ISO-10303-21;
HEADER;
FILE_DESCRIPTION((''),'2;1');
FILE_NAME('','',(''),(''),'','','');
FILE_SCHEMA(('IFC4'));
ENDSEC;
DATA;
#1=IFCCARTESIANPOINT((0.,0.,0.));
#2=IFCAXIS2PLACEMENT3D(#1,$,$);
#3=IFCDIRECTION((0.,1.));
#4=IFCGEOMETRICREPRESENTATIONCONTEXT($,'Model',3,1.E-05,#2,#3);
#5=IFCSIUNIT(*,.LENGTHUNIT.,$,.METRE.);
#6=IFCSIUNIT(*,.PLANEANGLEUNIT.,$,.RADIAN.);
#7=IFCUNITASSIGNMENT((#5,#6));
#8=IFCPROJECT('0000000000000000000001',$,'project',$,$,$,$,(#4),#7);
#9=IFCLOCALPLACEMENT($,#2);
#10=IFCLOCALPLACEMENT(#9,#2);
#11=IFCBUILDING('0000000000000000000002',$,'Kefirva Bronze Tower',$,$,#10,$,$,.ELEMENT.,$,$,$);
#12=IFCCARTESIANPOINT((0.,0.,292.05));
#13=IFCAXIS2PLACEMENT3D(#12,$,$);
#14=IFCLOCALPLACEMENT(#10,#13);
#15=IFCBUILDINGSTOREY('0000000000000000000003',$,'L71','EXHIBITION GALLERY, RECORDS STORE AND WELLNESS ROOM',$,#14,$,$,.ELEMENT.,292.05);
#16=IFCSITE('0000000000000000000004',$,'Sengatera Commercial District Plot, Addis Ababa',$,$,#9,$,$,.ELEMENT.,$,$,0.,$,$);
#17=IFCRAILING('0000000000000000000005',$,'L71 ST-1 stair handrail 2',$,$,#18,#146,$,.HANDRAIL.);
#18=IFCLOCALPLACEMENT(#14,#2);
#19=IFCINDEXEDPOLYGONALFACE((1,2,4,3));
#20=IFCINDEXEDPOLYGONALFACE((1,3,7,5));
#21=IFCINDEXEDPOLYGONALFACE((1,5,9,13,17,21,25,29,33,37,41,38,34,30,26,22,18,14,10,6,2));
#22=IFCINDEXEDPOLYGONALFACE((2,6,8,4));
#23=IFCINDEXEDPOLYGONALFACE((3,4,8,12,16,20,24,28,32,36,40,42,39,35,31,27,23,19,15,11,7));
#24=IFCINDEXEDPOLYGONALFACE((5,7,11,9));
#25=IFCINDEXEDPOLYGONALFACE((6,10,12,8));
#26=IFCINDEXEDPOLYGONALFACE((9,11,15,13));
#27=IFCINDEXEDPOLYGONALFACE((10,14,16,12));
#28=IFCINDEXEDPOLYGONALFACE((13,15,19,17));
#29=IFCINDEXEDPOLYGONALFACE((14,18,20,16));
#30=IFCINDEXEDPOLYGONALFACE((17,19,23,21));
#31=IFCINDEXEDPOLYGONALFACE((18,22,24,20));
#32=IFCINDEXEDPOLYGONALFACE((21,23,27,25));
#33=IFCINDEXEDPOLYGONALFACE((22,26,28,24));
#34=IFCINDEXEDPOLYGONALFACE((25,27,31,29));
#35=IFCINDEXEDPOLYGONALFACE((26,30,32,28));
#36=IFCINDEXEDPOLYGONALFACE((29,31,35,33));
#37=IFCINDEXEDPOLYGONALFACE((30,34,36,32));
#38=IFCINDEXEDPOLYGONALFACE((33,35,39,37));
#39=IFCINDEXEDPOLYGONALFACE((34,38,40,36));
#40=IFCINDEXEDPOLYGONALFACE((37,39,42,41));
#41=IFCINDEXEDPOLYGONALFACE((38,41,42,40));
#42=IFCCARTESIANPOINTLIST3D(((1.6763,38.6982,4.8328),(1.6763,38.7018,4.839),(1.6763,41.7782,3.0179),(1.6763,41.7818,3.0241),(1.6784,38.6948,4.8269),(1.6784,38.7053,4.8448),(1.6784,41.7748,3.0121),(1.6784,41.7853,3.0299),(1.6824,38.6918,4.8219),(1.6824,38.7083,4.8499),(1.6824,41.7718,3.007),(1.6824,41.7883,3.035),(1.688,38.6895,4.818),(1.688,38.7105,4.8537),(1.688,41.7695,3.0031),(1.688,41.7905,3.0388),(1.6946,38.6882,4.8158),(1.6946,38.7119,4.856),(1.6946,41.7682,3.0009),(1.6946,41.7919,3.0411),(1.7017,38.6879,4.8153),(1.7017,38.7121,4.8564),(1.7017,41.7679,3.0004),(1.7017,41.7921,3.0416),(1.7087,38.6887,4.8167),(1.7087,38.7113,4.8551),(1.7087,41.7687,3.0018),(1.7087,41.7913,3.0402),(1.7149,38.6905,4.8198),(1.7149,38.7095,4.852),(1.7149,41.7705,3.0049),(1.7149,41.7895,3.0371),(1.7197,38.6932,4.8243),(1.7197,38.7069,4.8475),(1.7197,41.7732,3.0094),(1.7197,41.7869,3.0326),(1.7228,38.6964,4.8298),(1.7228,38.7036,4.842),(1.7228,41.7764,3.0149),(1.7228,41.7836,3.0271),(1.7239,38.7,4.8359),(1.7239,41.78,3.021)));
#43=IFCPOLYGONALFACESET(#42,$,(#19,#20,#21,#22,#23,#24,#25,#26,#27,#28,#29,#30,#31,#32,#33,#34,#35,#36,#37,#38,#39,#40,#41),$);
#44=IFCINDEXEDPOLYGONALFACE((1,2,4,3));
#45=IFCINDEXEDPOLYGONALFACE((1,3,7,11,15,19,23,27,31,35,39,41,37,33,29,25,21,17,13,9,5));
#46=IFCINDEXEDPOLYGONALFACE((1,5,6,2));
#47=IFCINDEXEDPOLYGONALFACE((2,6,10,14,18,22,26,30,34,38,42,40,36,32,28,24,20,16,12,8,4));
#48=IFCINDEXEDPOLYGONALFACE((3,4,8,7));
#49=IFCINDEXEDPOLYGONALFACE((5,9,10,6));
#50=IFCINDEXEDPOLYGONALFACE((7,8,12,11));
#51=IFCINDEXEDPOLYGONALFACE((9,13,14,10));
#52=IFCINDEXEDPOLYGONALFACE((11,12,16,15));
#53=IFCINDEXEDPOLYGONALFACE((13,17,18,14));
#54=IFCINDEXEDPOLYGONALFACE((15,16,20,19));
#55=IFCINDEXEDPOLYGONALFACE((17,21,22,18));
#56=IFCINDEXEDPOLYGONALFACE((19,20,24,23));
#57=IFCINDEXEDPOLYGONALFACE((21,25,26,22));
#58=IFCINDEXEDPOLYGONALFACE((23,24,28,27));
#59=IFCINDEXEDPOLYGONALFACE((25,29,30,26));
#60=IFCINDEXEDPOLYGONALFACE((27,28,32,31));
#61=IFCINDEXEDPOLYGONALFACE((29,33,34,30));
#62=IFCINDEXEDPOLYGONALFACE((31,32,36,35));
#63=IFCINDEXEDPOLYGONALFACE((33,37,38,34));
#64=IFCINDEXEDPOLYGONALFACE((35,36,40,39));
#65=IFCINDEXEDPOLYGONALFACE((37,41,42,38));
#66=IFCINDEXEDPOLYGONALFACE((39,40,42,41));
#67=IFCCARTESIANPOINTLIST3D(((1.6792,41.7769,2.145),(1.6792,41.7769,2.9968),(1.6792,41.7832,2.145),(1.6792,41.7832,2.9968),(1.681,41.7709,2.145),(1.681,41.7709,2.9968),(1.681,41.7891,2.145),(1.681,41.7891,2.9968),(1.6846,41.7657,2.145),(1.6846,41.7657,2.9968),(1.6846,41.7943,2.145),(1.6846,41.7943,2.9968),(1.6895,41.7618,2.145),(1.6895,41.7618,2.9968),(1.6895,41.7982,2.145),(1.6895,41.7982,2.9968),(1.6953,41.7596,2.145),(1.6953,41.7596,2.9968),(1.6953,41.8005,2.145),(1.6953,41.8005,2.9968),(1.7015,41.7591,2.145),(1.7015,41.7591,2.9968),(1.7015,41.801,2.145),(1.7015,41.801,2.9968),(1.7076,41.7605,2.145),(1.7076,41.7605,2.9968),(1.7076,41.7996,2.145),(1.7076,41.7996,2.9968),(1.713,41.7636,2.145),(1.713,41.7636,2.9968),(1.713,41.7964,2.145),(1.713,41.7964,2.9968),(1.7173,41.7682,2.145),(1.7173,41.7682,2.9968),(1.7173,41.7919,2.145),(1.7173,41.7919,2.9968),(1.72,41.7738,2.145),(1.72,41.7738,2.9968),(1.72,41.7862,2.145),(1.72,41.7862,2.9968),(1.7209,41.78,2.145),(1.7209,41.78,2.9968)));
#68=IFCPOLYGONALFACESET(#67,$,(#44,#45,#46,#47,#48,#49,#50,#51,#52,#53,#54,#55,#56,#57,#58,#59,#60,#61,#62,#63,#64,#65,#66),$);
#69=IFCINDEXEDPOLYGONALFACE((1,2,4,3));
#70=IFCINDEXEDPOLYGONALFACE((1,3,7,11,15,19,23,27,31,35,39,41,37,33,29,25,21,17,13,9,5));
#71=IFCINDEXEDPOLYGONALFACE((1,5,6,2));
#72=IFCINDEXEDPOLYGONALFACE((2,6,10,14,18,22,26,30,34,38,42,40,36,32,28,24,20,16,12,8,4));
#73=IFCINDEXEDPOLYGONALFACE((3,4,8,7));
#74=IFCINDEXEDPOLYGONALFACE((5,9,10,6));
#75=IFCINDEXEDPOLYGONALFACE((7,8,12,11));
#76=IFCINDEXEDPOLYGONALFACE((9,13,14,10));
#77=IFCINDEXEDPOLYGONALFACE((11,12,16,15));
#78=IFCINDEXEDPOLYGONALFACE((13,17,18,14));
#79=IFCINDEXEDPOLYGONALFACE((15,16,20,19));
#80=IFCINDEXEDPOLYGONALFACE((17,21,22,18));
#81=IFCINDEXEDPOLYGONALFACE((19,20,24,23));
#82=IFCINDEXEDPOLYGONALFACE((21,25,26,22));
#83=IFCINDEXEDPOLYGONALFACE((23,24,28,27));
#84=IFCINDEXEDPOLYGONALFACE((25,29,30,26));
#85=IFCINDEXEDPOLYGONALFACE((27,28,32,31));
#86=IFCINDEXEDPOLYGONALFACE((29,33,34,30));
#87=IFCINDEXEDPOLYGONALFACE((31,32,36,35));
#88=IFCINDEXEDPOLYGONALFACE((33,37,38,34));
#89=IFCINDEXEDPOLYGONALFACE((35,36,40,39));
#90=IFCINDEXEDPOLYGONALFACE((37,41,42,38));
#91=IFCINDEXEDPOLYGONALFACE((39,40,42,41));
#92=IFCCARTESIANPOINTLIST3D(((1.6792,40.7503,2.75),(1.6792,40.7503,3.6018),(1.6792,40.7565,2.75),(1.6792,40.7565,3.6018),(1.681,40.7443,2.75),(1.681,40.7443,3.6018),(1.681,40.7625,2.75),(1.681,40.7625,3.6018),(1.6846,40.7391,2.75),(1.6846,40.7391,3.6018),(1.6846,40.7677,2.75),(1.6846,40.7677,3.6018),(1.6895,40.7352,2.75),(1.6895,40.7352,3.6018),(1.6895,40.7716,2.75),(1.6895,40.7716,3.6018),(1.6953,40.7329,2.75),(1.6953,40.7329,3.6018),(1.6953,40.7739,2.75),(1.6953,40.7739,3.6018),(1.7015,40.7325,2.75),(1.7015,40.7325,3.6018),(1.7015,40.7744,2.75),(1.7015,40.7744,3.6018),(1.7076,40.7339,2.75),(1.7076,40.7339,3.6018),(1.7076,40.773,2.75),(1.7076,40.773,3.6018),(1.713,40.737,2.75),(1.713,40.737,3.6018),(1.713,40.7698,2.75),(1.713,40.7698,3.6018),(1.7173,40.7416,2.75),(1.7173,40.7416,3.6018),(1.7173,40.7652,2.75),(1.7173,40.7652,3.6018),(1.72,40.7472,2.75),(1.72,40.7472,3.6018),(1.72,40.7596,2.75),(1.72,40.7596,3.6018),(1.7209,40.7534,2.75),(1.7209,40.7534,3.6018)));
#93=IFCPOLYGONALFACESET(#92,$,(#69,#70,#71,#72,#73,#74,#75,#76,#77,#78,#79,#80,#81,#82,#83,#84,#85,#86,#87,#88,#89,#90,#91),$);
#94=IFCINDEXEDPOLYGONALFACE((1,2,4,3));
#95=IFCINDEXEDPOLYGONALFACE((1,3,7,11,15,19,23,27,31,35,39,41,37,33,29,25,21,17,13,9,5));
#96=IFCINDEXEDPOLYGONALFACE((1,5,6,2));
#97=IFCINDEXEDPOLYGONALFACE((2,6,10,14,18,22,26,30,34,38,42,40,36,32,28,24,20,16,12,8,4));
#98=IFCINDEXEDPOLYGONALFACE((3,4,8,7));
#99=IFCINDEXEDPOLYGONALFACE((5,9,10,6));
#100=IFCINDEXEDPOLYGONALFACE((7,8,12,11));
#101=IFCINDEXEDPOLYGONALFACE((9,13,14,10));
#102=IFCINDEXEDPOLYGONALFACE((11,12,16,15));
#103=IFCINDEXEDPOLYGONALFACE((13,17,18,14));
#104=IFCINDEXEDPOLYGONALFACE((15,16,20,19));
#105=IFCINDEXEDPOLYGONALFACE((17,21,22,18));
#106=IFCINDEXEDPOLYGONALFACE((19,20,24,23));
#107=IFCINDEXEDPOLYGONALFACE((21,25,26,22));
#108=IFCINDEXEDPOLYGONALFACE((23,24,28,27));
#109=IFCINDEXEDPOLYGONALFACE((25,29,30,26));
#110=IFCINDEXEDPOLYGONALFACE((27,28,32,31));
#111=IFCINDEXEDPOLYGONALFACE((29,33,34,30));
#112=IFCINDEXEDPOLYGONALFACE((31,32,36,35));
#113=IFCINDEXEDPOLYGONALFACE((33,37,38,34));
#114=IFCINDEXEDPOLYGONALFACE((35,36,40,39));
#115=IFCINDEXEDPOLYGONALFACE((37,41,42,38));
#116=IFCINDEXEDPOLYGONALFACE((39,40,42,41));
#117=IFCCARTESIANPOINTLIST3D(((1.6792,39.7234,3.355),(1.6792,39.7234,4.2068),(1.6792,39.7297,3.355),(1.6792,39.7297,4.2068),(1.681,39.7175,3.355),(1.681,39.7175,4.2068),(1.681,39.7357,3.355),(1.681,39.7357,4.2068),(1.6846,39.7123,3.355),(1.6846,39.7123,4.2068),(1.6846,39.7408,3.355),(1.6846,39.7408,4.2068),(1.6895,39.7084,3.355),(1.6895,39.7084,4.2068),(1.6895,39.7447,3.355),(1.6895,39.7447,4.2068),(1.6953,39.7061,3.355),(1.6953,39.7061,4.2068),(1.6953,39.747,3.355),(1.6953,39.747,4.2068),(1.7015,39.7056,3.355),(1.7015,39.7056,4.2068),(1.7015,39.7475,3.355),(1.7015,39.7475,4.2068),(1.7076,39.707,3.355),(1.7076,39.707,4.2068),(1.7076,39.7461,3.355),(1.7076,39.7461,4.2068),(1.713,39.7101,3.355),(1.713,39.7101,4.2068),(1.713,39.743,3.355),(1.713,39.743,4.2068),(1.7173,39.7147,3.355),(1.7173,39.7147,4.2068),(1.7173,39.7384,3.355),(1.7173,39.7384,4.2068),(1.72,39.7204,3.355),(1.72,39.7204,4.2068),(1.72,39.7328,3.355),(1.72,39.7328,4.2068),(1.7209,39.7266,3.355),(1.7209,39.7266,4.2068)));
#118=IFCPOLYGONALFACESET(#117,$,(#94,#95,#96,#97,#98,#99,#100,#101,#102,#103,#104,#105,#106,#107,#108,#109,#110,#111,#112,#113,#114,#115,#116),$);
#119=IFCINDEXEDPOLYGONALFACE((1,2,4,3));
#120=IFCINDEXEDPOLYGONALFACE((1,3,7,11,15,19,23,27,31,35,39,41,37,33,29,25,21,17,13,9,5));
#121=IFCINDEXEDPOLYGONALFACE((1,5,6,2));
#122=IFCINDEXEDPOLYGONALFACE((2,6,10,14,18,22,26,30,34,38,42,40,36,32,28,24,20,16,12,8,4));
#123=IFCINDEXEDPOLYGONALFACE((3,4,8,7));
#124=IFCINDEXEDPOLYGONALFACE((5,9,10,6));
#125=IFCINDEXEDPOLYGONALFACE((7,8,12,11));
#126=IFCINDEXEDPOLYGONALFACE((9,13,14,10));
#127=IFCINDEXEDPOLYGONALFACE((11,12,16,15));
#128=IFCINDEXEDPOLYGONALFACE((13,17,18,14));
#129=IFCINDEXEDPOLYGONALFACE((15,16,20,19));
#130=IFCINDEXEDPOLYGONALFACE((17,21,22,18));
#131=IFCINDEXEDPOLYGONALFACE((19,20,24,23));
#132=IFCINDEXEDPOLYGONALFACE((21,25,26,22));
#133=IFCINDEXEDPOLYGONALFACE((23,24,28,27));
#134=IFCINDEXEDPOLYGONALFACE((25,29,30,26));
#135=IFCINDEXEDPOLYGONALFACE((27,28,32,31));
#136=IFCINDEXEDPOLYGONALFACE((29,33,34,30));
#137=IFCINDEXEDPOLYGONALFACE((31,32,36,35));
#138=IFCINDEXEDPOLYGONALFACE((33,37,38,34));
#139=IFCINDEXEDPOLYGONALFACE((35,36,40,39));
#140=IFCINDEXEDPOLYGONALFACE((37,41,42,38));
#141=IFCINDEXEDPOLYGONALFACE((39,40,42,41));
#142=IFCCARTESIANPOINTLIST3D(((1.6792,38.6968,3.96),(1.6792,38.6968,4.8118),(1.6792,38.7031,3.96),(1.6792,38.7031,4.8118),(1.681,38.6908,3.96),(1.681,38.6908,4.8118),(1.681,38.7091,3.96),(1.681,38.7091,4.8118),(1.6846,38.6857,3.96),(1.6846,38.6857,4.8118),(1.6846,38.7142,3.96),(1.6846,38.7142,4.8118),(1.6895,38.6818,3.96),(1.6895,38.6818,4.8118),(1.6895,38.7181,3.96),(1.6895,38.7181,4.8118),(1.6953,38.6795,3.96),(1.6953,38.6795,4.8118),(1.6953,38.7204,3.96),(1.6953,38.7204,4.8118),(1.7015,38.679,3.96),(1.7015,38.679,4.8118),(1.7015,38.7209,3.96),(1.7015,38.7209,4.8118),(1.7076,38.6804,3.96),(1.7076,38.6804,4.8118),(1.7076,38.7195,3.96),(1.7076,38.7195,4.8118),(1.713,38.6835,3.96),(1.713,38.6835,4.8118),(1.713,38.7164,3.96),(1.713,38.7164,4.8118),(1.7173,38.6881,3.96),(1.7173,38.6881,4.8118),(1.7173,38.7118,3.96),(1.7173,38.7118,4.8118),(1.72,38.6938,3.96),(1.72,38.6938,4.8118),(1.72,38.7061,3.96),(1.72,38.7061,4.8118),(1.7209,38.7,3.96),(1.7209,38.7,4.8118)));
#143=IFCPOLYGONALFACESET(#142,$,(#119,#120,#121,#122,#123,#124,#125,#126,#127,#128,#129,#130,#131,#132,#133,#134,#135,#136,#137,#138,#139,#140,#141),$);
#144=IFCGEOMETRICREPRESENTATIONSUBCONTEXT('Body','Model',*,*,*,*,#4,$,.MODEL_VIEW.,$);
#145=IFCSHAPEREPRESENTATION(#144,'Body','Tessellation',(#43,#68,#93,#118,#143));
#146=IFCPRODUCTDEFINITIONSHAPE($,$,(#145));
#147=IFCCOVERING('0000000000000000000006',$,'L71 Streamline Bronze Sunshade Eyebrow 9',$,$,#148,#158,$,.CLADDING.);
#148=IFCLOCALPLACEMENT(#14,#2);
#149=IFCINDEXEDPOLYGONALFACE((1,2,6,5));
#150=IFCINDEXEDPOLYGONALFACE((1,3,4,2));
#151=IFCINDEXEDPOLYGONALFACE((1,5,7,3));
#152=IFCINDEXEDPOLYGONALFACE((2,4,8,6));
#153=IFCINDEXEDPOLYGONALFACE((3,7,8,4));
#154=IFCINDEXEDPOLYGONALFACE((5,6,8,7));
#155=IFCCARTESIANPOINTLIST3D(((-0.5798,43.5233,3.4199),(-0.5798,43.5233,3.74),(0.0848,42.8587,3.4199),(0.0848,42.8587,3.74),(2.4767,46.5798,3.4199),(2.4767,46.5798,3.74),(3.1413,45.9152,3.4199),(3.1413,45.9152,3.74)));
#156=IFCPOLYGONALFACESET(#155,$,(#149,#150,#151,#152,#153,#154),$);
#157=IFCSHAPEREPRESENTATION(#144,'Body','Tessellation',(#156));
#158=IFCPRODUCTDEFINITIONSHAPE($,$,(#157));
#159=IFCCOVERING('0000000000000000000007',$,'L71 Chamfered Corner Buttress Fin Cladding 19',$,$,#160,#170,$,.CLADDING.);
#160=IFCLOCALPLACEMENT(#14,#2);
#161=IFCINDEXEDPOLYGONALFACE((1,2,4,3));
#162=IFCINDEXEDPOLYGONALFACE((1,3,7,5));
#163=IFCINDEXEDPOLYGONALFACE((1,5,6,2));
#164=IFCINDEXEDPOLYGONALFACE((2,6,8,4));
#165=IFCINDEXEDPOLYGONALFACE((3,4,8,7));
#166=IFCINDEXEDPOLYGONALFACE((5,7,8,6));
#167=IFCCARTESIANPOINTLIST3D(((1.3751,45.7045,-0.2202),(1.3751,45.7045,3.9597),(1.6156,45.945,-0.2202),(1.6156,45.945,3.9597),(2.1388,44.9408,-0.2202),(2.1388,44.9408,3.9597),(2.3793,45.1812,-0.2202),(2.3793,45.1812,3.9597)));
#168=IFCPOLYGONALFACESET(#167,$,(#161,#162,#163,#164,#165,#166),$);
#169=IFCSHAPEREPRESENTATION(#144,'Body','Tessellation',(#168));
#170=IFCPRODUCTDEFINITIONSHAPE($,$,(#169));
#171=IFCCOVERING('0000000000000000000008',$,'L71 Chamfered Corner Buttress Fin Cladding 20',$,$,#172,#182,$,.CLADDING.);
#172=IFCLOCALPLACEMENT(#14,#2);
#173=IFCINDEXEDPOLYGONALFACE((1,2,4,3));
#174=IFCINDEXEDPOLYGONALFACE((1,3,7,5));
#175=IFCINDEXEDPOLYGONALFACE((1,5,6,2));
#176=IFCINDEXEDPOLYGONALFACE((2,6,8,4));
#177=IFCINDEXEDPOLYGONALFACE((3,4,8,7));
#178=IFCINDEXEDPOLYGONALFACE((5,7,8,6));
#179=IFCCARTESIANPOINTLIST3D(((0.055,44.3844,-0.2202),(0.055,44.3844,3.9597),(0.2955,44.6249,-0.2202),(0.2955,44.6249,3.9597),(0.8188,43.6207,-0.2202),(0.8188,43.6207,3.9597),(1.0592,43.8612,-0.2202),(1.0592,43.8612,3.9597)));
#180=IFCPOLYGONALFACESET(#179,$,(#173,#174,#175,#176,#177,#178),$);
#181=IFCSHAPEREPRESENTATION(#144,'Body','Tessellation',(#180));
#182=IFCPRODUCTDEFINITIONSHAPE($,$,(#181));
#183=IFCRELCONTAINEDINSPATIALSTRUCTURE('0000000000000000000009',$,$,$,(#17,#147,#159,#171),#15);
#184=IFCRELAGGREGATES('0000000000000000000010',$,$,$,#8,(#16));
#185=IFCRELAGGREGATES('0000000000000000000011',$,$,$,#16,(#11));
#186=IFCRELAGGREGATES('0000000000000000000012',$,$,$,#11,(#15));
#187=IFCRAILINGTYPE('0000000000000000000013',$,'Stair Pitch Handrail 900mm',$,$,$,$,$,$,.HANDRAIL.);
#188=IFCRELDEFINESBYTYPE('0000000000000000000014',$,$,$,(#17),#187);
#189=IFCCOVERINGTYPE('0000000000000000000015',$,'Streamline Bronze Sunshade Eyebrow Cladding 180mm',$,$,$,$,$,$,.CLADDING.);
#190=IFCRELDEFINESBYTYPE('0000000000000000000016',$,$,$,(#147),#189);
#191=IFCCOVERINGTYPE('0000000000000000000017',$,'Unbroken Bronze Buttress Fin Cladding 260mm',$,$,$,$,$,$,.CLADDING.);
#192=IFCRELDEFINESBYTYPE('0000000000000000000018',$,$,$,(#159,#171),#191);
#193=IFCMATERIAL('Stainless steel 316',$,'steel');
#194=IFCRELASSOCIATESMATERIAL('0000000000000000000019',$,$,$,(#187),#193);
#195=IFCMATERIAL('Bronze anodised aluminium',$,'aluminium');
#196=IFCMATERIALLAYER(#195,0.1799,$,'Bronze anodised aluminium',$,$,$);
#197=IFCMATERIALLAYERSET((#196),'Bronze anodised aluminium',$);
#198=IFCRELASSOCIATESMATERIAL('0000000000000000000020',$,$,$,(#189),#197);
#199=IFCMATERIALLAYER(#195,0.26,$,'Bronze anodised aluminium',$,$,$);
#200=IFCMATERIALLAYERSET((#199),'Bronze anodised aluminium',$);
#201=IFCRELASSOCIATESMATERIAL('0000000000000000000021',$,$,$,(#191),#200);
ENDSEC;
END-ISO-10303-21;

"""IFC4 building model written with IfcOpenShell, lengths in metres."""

from ifc_helpers import new_model, si_unit, direction, frame, origin, origin_2d, place, context, subcontext, project, spatial, rectangle, circle, extrude, material, layer, layer_set, type_object, element, save


model = new_model("IFC4")

# Units and contexts
model_context = context("Model", 3, precision=1e-05, world=origin(), true_north=direction((0.0, 1.0)))
body_context = subcontext(model_context, "Body", "Model", "MODEL_VIEW")
ifc_project = project(units=[si_unit("LENGTHUNIT", "METRE"), si_unit("PLANEANGLEUNIT", "RADIAN")], contexts=[model_context])

# Site, building, storey
site_placement = place(None, origin())
site = spatial("IfcSite", under=ifc_project, at=site_placement, Name="Sengatera Commercial District Plot, Addis Ababa", CompositionType="ELEMENT", RefElevation=0.0)
building_placement = place(site_placement, origin())
building = spatial("IfcBuilding", under=site, at=building_placement, Name="Kefirva Bronze Tower", CompositionType="ELEMENT")
storey_placement = place(building_placement, frame((0.0, 0.0, 292.05)))
storey = spatial("IfcBuildingStorey", under=building, at=storey_placement, Name="L71", Description="EXHIBITION GALLERY, RECORDS STORE AND WELLNESS ROOM", CompositionType="ELEMENT", Elevation=292.05)

# Shared definitions
ifc_material_1 = material(Name="Bronze anodised aluminium", Category="aluminium")

# Railing
ifc_material_2 = material(Name="Stainless steel 316", Category="steel")
railing_type_1 = type_object("IfcRailingType", Name="Stair Pitch Handrail 900mm", PredefinedType="HANDRAIL", material=ifc_material_2)
railing_1_placement = place(storey_placement, frame((1.7, 41.78, 2.145)))
element("IfcRailing", 1, at=railing_1_placement, inside=storey, type_object=railing_type_1, Name="L71 ST-1 stair handrail 2", PredefinedType="HANDRAIL", context=body_context, shape_type="SweptSolid", body=[
    extrude(circle(Radius=0.0239, at=origin_2d()), frame((0.0, 0.0, 0.876), z_axis=(0.0, -0.861551, 0.507671), x_axis=(1.0, 0.0, 0.0)), (0.0, 0.0, 1.0), 3.575),
    extrude(circle(Radius=0.021, at=origin_2d()), origin(), (0.0, 0.0, 1.0), 0.8518),
    extrude(circle(Radius=0.021, at=origin_2d()), frame((0.0, -1.0266, 0.605)), (0.0, 0.0, 1.0), 0.8518),
    extrude(circle(Radius=0.021, at=origin_2d()), frame((0.0, -2.0535, 1.21)), (0.0, 0.0, 1.0), 0.8518),
    extrude(circle(Radius=0.021, at=origin_2d()), frame((0.0, -3.0801, 1.8149)), (0.0, 0.0, 1.0), 0.8518),
])

# Coverings
ifc_layer_1 = layer(ifc_material_1, 0.1799, Name="Bronze anodised aluminium")
ifc_layer_set_1 = layer_set([ifc_layer_1], Name="Bronze anodised aluminium")
covering_type_1 = type_object("IfcCoveringType", Name="Streamline Bronze Sunshade Eyebrow Cladding 180mm", PredefinedType="CLADDING", material=ifc_layer_set_1)
covering_1_placement = place(storey_placement, frame((1.2808, 44.7192, 3.4199), z_axis=(0.0, 0.0, 1.0), x_axis=(-0.707107, -0.707107, 0.0)))
element("IfcCovering", 2, at=covering_1_placement, inside=storey, type_object=covering_type_1, Name="L71 Streamline Bronze Sunshade Eyebrow 9", PredefinedType="CLADDING", context=body_context, shape_type="SweptSolid", body=[
    extrude(rectangle(XDim=4.3225, YDim=0.9399, at=origin_2d()), origin(), (0.0, 0.0, 1.0), 0.3201),
])
ifc_layer_2 = layer(ifc_material_1, 0.26, Name="Bronze anodised aluminium")
ifc_layer_set_2 = layer_set([ifc_layer_2], Name="Bronze anodised aluminium")
covering_type_2 = type_object("IfcCoveringType", Name="Unbroken Bronze Buttress Fin Cladding 260mm", PredefinedType="CLADDING", material=ifc_layer_set_2)
for number, where, z_axis, x_axis, name in (
    (3, (1.8772, 45.4429, -0.2202), (0.0, 0.0, 1.0), (-0.707107, -0.707107, 0.0), "L71 Chamfered Corner Buttress Fin Cladding 19"),
    (4, (0.5571, 44.1228, -0.2202), (0.0, 0.0, 1.0), (-0.707107, -0.707107, 0.0), "L71 Chamfered Corner Buttress Fin Cladding 20"),
):
    element("IfcCovering", number, at=place(storey_placement, frame(where, z_axis=z_axis, x_axis=x_axis)), inside=storey, type_object=covering_type_2, Name=name, PredefinedType="CLADDING", context=body_context, shape_type="SweptSolid", body=[
        extrude(rectangle(XDim=0.3401, YDim=1.0801, at=origin_2d()), origin(), (0.0, 0.0, 1.0), 4.1799),
    ])

save(model, "model.ifc")
